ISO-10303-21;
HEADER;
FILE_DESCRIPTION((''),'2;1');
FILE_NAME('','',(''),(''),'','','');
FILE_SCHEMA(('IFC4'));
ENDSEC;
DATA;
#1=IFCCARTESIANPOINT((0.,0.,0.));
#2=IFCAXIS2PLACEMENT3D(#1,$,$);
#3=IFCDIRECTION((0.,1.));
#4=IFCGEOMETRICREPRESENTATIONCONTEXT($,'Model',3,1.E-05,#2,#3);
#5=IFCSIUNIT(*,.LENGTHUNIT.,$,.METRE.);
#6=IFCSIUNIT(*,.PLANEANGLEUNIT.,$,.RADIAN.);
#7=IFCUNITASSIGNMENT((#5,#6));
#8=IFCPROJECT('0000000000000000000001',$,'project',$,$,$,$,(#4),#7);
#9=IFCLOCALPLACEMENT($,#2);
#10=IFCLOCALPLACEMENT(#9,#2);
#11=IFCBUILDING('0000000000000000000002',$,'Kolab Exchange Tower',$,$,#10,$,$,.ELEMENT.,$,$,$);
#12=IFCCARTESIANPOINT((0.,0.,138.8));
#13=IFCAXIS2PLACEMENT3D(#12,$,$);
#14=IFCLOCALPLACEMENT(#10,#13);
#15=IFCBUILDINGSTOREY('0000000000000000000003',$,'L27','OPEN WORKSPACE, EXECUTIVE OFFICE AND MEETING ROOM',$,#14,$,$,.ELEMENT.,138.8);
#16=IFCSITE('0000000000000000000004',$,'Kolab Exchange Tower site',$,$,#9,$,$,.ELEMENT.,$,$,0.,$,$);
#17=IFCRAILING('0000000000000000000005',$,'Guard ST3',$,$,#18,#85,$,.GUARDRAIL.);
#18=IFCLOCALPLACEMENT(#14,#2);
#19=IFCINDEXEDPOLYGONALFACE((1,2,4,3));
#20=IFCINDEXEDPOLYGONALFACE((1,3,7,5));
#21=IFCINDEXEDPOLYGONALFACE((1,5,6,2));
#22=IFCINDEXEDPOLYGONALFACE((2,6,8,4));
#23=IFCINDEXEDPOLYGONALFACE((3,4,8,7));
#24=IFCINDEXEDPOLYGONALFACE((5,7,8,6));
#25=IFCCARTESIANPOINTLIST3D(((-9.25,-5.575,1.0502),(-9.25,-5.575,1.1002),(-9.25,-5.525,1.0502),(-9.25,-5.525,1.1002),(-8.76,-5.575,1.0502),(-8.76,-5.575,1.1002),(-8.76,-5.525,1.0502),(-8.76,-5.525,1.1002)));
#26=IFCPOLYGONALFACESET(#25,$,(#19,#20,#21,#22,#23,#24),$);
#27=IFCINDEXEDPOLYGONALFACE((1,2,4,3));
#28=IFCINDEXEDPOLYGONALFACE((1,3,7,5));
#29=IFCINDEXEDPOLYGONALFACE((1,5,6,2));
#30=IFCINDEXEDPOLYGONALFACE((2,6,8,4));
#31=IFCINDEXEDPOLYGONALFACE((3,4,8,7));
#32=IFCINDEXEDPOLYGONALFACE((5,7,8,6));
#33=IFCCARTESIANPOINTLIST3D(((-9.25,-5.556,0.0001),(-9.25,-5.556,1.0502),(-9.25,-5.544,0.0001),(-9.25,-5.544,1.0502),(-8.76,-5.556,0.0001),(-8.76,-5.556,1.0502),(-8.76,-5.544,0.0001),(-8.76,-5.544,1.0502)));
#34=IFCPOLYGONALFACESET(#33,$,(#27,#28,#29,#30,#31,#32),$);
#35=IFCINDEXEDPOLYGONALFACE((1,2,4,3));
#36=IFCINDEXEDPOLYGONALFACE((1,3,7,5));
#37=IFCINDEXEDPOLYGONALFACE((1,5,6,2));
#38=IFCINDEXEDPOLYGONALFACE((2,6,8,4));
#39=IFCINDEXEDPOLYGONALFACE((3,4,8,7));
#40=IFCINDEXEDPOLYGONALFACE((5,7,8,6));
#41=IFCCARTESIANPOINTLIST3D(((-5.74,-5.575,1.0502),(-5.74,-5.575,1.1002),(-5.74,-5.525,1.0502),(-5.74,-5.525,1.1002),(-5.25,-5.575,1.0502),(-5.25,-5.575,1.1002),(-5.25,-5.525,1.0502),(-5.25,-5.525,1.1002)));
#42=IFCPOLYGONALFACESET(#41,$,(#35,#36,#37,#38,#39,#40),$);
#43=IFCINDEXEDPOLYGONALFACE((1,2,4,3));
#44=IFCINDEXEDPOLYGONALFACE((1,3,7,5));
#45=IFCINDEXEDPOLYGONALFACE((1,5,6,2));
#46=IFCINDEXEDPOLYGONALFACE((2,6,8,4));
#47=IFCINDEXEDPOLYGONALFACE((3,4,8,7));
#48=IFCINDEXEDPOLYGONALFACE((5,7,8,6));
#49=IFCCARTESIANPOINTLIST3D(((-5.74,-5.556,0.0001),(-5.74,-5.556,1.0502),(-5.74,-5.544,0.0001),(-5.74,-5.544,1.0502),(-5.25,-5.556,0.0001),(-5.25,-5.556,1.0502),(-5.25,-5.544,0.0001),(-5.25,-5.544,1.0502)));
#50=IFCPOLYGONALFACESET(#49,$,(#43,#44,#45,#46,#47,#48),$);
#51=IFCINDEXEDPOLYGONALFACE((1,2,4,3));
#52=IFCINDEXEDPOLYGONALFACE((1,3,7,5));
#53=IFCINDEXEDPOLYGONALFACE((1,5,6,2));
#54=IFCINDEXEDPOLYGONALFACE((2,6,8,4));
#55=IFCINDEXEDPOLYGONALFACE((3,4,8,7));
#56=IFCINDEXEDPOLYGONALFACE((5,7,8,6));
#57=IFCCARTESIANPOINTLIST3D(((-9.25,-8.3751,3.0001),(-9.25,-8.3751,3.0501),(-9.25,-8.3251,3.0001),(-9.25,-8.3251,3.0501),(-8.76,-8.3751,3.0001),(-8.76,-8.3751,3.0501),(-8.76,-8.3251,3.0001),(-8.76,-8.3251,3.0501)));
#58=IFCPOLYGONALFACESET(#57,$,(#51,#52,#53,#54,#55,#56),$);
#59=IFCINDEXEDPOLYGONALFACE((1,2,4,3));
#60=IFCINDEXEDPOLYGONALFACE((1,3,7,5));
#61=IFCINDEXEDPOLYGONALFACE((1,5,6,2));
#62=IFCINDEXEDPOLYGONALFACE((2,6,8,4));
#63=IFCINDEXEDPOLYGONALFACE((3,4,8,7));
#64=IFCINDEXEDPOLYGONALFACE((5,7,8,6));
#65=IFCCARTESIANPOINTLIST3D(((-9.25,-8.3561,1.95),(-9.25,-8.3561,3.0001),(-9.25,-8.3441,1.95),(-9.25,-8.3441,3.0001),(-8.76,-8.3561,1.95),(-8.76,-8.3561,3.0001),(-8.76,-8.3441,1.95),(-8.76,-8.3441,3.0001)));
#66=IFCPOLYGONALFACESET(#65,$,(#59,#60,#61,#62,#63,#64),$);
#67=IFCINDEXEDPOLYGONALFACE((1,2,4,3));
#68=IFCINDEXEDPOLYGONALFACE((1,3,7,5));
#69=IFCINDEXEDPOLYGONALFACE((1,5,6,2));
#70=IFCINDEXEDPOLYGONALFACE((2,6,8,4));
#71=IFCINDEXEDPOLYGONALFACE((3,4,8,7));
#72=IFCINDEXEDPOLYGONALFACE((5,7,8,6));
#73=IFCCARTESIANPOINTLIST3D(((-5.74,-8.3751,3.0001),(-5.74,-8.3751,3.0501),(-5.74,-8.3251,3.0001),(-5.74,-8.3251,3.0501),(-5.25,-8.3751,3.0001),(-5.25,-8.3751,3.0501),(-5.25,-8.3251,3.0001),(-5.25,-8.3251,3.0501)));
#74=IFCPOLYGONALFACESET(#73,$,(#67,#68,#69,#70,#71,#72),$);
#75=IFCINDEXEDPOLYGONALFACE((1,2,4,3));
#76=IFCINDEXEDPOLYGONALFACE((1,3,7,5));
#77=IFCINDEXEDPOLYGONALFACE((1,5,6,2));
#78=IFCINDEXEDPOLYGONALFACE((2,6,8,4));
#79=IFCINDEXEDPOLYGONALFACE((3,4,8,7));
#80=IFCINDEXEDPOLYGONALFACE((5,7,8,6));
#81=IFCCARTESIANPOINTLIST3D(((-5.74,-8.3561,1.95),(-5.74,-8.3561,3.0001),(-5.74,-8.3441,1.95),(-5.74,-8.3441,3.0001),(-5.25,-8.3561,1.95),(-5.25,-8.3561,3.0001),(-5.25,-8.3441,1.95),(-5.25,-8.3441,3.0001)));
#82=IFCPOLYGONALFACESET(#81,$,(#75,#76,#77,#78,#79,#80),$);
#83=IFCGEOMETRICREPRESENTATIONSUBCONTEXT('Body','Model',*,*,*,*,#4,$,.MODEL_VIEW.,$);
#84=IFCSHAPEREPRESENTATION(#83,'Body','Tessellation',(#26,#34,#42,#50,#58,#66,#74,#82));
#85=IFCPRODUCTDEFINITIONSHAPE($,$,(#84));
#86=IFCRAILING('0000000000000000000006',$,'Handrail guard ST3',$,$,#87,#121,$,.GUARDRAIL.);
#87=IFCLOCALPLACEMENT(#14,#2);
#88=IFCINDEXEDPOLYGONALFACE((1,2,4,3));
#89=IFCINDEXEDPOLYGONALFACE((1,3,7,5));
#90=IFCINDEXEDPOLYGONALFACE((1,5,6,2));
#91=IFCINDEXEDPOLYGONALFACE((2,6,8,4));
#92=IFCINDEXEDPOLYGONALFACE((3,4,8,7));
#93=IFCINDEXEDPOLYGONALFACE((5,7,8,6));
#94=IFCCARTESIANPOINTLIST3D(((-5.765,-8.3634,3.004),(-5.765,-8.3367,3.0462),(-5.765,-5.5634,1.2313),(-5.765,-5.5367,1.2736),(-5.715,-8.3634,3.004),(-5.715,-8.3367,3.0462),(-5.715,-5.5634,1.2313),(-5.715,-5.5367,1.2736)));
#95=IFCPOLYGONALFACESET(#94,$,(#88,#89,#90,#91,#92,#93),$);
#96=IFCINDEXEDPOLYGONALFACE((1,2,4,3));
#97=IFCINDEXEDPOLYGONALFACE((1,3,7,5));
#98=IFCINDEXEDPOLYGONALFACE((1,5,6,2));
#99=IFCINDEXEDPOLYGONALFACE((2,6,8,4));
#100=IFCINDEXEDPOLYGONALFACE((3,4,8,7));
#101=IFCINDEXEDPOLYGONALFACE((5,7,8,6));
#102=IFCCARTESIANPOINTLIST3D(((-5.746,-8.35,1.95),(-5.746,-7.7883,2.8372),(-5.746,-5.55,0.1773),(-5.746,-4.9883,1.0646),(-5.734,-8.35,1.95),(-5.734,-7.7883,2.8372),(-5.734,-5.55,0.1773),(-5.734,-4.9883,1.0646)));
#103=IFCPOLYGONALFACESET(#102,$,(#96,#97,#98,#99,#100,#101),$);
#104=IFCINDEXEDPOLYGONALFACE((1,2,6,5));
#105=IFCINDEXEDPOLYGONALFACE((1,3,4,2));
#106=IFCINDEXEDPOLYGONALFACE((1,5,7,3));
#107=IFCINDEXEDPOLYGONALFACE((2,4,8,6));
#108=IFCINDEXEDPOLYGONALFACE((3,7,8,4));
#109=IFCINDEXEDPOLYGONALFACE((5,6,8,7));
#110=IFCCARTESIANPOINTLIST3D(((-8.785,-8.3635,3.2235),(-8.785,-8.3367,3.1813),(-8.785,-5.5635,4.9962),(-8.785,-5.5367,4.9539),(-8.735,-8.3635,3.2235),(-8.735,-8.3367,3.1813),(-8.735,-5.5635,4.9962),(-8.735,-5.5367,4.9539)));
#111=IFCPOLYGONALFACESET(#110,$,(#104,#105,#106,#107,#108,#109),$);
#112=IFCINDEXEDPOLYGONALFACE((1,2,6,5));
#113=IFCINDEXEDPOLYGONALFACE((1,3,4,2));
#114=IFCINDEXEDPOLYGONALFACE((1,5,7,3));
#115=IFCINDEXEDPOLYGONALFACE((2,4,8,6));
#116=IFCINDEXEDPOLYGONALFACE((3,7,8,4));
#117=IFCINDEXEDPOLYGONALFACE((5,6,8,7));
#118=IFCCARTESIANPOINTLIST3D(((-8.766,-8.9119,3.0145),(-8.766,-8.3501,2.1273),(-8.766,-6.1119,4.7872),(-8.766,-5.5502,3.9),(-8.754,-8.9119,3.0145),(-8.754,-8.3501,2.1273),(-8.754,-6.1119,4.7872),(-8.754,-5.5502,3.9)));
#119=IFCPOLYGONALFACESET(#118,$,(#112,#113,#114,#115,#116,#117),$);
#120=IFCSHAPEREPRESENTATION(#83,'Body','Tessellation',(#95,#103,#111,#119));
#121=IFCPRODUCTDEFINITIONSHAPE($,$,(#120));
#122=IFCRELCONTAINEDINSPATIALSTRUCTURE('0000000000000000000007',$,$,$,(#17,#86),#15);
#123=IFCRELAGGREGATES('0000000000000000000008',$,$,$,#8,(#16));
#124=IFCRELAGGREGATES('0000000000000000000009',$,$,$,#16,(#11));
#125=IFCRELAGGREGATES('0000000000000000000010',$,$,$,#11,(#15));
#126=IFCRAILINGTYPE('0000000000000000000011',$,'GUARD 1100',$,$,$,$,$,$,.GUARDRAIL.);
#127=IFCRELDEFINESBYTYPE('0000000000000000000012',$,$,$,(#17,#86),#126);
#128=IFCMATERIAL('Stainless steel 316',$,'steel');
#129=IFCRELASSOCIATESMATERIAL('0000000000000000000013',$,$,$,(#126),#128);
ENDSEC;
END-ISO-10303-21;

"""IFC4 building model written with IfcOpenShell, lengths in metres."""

from ifc_helpers import new_model, si_unit, direction, frame, frame_2d, origin, origin_2d, place, context, subcontext, project, spatial, rectangle, extrude, material, type_object, element, save


model = new_model("IFC4")

# Units and contexts
model_context = context("Model", 3, precision=1e-05, world=origin(), true_north=direction((0.0, 1.0)))
body_context = subcontext(model_context, "Body", "Model", "MODEL_VIEW")
ifc_project = project(units=[si_unit("LENGTHUNIT", "METRE"), si_unit("PLANEANGLEUNIT", "RADIAN")], contexts=[model_context])

# Site, building, storey
site_placement = place(None, origin())
site = spatial("IfcSite", under=ifc_project, at=site_placement, Name="Kolab Exchange Tower site", CompositionType="ELEMENT", RefElevation=0.0)
building_placement = place(site_placement, origin())
building = spatial("IfcBuilding", under=site, at=building_placement, Name="Kolab Exchange Tower", CompositionType="ELEMENT")
storey_placement = place(building_placement, frame((0.0, 0.0, 138.8)))
storey = spatial("IfcBuildingStorey", under=building, at=storey_placement, Name="L27", Description="OPEN WORKSPACE, EXECUTIVE OFFICE AND MEETING ROOM", CompositionType="ELEMENT", Elevation=138.8)

# Shared definitions
ifc_material_1 = material(Name="Stainless steel 316", Category="steel")

# Railings
railing_type = type_object("IfcRailingType", Name="GUARD 1100", PredefinedType="GUARDRAIL", material=ifc_material_1)
railing_1_placement = place(storey_placement, frame((-9.25, -5.55, 0.0)))
element("IfcRailing", 1, at=railing_1_placement, inside=storey, type_object=railing_type, Name="Guard ST3", PredefinedType="GUARDRAIL", context=body_context, shape_type="SweptSolid", body=[
    extrude(rectangle(XDim=0.05, YDim=0.05, at=origin_2d()), frame((0.0, 0.0, 1.0752), z_axis=(1.0, 0.0, 0.0), x_axis=(0.0, 1.0, 0.0)), (0.0, 0.0, 1.0), 0.49),
    extrude(rectangle(XDim=0.012, YDim=1.0501, at=frame_2d((0.0, 0.5251))), frame((0.0, 0.0, 0.0), z_axis=(1.0, 0.0, 0.0), x_axis=(0.0, 1.0, 0.0)), (0.0, 0.0, 1.0), 0.49),
    extrude(rectangle(XDim=0.05, YDim=0.05, at=origin_2d()), frame((3.51, 0.0, 1.0752), z_axis=(1.0, 0.0, 0.0), x_axis=(0.0, 1.0, 0.0)), (0.0, 0.0, 1.0), 0.49),
    extrude(rectangle(XDim=0.012, YDim=1.0501, at=frame_2d((0.0, 0.5251))), frame((3.51, 0.0, 0.0), z_axis=(1.0, 0.0, 0.0), x_axis=(0.0, 1.0, 0.0)), (0.0, 0.0, 1.0), 0.49),
    extrude(rectangle(XDim=0.05, YDim=0.05, at=origin_2d()), frame((0.0, -2.8, 3.0251), z_axis=(1.0, 0.0, 0.0), x_axis=(0.0, 1.0, 0.0)), (0.0, 0.0, 1.0), 0.49),
    extrude(rectangle(XDim=0.012, YDim=1.0501, at=frame_2d((0.0, 0.5251))), frame((0.0, -2.8, 1.95), z_axis=(1.0, 0.0, 0.0), x_axis=(0.0, 1.0, 0.0)), (0.0, 0.0, 1.0), 0.49),
    extrude(rectangle(XDim=0.05, YDim=0.05, at=origin_2d()), frame((3.51, -2.8, 3.0251), z_axis=(1.0, 0.0, 0.0), x_axis=(0.0, 1.0, 0.0)), (0.0, 0.0, 1.0), 0.49),
    extrude(rectangle(XDim=0.012, YDim=1.0501, at=frame_2d((0.0, 0.5251))), frame((3.51, -2.8, 1.95), z_axis=(1.0, 0.0, 0.0), x_axis=(0.0, 1.0, 0.0)), (0.0, 0.0, 1.0), 0.49),
])
railing_2_placement = place(storey_placement, frame((-5.74, -5.55, 0.1772)))
element("IfcRailing", 2, at=railing_2_placement, inside=storey, type_object=railing_type, Name="Handrail guard ST3", PredefinedType="GUARDRAIL", context=body_context, shape_type="SweptSolid", body=[
    extrude(rectangle(XDim=0.05, YDim=0.05, at=origin_2d()), frame((0.0, 0.0, 1.0752), z_axis=(0.0, -0.844909, 0.53491), x_axis=(1.0, 0.0, 0.0)), (0.0, 0.0, 1.0), 3.314),
    extrude(rectangle(XDim=0.012, YDim=1.0501, at=frame_2d((0.0, 0.5251))), frame((0.0, 0.0, 0.0), z_axis=(0.0, -0.844909, 0.53491), x_axis=(1.0, 0.0, 0.0)), (0.0, 0.0, 1.0), 3.314),
    extrude(rectangle(XDim=0.05, YDim=0.05, at=origin_2d()), frame((-3.02, -2.8, 3.0251), z_axis=(0.0, 0.844909, 0.53491), x_axis=(-1.0, 0.0, 0.0)), (0.0, 0.0, 1.0), 3.314),
    extrude(rectangle(XDim=0.012, YDim=1.0501, at=frame_2d((0.0, 0.5251))), frame((-3.02, -2.8, 1.95), z_axis=(0.0, 0.844909, 0.53491), x_axis=(-1.0, 0.0, 0.0)), (0.0, 0.0, 1.0), 3.314),
])

save(model, "model.ifc")
